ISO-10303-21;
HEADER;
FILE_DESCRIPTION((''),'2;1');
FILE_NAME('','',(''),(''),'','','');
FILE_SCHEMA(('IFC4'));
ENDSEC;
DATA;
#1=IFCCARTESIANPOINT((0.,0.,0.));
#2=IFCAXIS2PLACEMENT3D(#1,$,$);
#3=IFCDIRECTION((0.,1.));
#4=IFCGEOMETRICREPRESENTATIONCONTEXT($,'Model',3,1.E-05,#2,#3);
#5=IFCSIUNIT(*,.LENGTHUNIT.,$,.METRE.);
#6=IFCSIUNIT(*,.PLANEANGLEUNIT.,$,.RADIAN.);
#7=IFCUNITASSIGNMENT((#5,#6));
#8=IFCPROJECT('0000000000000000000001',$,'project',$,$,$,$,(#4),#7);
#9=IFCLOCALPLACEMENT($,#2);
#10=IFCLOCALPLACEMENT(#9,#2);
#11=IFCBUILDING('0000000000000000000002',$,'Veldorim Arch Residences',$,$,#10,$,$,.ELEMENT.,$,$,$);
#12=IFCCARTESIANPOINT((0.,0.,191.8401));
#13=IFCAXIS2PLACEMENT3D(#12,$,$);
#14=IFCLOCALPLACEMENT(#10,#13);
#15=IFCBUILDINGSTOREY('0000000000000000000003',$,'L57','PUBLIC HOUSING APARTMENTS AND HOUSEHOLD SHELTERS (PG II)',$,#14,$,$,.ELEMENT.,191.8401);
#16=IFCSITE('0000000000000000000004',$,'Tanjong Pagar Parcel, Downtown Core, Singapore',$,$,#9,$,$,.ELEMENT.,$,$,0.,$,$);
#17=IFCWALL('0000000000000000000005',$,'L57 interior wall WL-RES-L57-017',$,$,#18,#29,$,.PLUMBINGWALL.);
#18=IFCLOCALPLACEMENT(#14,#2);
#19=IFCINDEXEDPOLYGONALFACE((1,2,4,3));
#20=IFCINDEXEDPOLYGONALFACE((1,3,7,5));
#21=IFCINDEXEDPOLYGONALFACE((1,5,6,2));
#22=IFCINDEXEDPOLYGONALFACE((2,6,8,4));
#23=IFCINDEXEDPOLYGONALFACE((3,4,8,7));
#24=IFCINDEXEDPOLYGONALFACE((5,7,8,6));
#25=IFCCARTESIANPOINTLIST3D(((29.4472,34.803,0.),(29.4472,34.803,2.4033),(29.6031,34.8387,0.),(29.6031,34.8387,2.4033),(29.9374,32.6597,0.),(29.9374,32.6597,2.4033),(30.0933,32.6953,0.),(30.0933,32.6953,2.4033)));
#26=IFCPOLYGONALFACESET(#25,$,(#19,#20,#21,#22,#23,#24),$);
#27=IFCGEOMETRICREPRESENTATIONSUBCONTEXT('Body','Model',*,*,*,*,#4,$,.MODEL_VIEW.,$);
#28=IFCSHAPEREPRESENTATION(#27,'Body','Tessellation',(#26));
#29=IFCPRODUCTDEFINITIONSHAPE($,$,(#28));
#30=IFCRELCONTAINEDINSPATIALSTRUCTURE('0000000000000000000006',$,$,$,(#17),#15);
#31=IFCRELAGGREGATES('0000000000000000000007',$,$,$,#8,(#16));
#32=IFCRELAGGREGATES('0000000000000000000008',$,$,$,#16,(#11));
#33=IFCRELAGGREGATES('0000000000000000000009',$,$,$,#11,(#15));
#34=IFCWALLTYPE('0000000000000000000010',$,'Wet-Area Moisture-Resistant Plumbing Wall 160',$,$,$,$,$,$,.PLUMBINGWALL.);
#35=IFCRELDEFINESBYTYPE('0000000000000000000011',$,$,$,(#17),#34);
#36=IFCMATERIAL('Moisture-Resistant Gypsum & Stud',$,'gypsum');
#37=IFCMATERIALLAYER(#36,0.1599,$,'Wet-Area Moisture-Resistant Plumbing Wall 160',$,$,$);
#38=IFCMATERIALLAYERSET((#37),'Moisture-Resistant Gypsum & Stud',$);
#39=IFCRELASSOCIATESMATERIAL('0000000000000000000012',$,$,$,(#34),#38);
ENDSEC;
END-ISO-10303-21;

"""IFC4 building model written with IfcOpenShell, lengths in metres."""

from ifc_helpers import new_model, si_unit, direction, frame, frame_2d, origin, place, context, subcontext, project, spatial, rectangle, extrude, material, layer, layer_set, type_object, element, save


model = new_model("IFC4")

# Units and contexts
model_context = context("Model", 3, precision=1e-05, world=origin(), true_north=direction((0.0, 1.0)))
body_context = subcontext(model_context, "Body", "Model", "MODEL_VIEW")
ifc_project = project(units=[si_unit("LENGTHUNIT", "METRE"), si_unit("PLANEANGLEUNIT", "RADIAN")], contexts=[model_context])

# Site, building, storey
site_placement = place(None, origin())
site = spatial("IfcSite", under=ifc_project, at=site_placement, Name="Tanjong Pagar Parcel, Downtown Core, Singapore", CompositionType="ELEMENT", RefElevation=0.0)
building_placement = place(site_placement, origin())
building = spatial("IfcBuilding", under=site, at=building_placement, Name="Veldorim Arch Residences", CompositionType="ELEMENT")
storey_placement = place(building_placement, frame((0.0, 0.0, 191.8401)))
storey = spatial("IfcBuildingStorey", under=building, at=storey_placement, Name="L57", Description="PUBLIC HOUSING APARTMENTS AND HOUSEHOLD SHELTERS (PG II)", CompositionType="ELEMENT", Elevation=191.8401)

# Shared definitions
ifc_material_1 = material(Name="Moisture-Resistant Gypsum & Stud", Category="gypsum")
ifc_layer_1 = layer(ifc_material_1, 0.1599, Name="Wet-Area Moisture-Resistant Plumbing Wall 160")
ifc_layer_set_1 = layer_set([ifc_layer_1], Name="Moisture-Resistant Gypsum & Stud")
wall_type_1 = type_object("IfcWallType", Name="Wet-Area Moisture-Resistant Plumbing Wall 160", PredefinedType="PLUMBINGWALL", material=ifc_layer_set_1)

# Wall
wall_1_placement = place(storey_placement, frame((30.0154, 32.6775, 0.0), z_axis=(0.0, 0.0, 1.0), x_axis=(-0.22297, 0.974825, 0.0)))
element("IfcWall", 1, at=wall_1_placement, inside=storey, type_object=wall_type_1, Name="L57 interior wall WL-RES-L57-017", PredefinedType="PLUMBINGWALL", context=body_context, shape_type="SweptSolid", body=[
    extrude(rectangle(XDim=2.1987, YDim=0.1599, at=frame_2d((1.0994, 0.0))), origin(), (0.0, 0.0, 1.0), 2.4033),
])

save(model, "model.ifc")
